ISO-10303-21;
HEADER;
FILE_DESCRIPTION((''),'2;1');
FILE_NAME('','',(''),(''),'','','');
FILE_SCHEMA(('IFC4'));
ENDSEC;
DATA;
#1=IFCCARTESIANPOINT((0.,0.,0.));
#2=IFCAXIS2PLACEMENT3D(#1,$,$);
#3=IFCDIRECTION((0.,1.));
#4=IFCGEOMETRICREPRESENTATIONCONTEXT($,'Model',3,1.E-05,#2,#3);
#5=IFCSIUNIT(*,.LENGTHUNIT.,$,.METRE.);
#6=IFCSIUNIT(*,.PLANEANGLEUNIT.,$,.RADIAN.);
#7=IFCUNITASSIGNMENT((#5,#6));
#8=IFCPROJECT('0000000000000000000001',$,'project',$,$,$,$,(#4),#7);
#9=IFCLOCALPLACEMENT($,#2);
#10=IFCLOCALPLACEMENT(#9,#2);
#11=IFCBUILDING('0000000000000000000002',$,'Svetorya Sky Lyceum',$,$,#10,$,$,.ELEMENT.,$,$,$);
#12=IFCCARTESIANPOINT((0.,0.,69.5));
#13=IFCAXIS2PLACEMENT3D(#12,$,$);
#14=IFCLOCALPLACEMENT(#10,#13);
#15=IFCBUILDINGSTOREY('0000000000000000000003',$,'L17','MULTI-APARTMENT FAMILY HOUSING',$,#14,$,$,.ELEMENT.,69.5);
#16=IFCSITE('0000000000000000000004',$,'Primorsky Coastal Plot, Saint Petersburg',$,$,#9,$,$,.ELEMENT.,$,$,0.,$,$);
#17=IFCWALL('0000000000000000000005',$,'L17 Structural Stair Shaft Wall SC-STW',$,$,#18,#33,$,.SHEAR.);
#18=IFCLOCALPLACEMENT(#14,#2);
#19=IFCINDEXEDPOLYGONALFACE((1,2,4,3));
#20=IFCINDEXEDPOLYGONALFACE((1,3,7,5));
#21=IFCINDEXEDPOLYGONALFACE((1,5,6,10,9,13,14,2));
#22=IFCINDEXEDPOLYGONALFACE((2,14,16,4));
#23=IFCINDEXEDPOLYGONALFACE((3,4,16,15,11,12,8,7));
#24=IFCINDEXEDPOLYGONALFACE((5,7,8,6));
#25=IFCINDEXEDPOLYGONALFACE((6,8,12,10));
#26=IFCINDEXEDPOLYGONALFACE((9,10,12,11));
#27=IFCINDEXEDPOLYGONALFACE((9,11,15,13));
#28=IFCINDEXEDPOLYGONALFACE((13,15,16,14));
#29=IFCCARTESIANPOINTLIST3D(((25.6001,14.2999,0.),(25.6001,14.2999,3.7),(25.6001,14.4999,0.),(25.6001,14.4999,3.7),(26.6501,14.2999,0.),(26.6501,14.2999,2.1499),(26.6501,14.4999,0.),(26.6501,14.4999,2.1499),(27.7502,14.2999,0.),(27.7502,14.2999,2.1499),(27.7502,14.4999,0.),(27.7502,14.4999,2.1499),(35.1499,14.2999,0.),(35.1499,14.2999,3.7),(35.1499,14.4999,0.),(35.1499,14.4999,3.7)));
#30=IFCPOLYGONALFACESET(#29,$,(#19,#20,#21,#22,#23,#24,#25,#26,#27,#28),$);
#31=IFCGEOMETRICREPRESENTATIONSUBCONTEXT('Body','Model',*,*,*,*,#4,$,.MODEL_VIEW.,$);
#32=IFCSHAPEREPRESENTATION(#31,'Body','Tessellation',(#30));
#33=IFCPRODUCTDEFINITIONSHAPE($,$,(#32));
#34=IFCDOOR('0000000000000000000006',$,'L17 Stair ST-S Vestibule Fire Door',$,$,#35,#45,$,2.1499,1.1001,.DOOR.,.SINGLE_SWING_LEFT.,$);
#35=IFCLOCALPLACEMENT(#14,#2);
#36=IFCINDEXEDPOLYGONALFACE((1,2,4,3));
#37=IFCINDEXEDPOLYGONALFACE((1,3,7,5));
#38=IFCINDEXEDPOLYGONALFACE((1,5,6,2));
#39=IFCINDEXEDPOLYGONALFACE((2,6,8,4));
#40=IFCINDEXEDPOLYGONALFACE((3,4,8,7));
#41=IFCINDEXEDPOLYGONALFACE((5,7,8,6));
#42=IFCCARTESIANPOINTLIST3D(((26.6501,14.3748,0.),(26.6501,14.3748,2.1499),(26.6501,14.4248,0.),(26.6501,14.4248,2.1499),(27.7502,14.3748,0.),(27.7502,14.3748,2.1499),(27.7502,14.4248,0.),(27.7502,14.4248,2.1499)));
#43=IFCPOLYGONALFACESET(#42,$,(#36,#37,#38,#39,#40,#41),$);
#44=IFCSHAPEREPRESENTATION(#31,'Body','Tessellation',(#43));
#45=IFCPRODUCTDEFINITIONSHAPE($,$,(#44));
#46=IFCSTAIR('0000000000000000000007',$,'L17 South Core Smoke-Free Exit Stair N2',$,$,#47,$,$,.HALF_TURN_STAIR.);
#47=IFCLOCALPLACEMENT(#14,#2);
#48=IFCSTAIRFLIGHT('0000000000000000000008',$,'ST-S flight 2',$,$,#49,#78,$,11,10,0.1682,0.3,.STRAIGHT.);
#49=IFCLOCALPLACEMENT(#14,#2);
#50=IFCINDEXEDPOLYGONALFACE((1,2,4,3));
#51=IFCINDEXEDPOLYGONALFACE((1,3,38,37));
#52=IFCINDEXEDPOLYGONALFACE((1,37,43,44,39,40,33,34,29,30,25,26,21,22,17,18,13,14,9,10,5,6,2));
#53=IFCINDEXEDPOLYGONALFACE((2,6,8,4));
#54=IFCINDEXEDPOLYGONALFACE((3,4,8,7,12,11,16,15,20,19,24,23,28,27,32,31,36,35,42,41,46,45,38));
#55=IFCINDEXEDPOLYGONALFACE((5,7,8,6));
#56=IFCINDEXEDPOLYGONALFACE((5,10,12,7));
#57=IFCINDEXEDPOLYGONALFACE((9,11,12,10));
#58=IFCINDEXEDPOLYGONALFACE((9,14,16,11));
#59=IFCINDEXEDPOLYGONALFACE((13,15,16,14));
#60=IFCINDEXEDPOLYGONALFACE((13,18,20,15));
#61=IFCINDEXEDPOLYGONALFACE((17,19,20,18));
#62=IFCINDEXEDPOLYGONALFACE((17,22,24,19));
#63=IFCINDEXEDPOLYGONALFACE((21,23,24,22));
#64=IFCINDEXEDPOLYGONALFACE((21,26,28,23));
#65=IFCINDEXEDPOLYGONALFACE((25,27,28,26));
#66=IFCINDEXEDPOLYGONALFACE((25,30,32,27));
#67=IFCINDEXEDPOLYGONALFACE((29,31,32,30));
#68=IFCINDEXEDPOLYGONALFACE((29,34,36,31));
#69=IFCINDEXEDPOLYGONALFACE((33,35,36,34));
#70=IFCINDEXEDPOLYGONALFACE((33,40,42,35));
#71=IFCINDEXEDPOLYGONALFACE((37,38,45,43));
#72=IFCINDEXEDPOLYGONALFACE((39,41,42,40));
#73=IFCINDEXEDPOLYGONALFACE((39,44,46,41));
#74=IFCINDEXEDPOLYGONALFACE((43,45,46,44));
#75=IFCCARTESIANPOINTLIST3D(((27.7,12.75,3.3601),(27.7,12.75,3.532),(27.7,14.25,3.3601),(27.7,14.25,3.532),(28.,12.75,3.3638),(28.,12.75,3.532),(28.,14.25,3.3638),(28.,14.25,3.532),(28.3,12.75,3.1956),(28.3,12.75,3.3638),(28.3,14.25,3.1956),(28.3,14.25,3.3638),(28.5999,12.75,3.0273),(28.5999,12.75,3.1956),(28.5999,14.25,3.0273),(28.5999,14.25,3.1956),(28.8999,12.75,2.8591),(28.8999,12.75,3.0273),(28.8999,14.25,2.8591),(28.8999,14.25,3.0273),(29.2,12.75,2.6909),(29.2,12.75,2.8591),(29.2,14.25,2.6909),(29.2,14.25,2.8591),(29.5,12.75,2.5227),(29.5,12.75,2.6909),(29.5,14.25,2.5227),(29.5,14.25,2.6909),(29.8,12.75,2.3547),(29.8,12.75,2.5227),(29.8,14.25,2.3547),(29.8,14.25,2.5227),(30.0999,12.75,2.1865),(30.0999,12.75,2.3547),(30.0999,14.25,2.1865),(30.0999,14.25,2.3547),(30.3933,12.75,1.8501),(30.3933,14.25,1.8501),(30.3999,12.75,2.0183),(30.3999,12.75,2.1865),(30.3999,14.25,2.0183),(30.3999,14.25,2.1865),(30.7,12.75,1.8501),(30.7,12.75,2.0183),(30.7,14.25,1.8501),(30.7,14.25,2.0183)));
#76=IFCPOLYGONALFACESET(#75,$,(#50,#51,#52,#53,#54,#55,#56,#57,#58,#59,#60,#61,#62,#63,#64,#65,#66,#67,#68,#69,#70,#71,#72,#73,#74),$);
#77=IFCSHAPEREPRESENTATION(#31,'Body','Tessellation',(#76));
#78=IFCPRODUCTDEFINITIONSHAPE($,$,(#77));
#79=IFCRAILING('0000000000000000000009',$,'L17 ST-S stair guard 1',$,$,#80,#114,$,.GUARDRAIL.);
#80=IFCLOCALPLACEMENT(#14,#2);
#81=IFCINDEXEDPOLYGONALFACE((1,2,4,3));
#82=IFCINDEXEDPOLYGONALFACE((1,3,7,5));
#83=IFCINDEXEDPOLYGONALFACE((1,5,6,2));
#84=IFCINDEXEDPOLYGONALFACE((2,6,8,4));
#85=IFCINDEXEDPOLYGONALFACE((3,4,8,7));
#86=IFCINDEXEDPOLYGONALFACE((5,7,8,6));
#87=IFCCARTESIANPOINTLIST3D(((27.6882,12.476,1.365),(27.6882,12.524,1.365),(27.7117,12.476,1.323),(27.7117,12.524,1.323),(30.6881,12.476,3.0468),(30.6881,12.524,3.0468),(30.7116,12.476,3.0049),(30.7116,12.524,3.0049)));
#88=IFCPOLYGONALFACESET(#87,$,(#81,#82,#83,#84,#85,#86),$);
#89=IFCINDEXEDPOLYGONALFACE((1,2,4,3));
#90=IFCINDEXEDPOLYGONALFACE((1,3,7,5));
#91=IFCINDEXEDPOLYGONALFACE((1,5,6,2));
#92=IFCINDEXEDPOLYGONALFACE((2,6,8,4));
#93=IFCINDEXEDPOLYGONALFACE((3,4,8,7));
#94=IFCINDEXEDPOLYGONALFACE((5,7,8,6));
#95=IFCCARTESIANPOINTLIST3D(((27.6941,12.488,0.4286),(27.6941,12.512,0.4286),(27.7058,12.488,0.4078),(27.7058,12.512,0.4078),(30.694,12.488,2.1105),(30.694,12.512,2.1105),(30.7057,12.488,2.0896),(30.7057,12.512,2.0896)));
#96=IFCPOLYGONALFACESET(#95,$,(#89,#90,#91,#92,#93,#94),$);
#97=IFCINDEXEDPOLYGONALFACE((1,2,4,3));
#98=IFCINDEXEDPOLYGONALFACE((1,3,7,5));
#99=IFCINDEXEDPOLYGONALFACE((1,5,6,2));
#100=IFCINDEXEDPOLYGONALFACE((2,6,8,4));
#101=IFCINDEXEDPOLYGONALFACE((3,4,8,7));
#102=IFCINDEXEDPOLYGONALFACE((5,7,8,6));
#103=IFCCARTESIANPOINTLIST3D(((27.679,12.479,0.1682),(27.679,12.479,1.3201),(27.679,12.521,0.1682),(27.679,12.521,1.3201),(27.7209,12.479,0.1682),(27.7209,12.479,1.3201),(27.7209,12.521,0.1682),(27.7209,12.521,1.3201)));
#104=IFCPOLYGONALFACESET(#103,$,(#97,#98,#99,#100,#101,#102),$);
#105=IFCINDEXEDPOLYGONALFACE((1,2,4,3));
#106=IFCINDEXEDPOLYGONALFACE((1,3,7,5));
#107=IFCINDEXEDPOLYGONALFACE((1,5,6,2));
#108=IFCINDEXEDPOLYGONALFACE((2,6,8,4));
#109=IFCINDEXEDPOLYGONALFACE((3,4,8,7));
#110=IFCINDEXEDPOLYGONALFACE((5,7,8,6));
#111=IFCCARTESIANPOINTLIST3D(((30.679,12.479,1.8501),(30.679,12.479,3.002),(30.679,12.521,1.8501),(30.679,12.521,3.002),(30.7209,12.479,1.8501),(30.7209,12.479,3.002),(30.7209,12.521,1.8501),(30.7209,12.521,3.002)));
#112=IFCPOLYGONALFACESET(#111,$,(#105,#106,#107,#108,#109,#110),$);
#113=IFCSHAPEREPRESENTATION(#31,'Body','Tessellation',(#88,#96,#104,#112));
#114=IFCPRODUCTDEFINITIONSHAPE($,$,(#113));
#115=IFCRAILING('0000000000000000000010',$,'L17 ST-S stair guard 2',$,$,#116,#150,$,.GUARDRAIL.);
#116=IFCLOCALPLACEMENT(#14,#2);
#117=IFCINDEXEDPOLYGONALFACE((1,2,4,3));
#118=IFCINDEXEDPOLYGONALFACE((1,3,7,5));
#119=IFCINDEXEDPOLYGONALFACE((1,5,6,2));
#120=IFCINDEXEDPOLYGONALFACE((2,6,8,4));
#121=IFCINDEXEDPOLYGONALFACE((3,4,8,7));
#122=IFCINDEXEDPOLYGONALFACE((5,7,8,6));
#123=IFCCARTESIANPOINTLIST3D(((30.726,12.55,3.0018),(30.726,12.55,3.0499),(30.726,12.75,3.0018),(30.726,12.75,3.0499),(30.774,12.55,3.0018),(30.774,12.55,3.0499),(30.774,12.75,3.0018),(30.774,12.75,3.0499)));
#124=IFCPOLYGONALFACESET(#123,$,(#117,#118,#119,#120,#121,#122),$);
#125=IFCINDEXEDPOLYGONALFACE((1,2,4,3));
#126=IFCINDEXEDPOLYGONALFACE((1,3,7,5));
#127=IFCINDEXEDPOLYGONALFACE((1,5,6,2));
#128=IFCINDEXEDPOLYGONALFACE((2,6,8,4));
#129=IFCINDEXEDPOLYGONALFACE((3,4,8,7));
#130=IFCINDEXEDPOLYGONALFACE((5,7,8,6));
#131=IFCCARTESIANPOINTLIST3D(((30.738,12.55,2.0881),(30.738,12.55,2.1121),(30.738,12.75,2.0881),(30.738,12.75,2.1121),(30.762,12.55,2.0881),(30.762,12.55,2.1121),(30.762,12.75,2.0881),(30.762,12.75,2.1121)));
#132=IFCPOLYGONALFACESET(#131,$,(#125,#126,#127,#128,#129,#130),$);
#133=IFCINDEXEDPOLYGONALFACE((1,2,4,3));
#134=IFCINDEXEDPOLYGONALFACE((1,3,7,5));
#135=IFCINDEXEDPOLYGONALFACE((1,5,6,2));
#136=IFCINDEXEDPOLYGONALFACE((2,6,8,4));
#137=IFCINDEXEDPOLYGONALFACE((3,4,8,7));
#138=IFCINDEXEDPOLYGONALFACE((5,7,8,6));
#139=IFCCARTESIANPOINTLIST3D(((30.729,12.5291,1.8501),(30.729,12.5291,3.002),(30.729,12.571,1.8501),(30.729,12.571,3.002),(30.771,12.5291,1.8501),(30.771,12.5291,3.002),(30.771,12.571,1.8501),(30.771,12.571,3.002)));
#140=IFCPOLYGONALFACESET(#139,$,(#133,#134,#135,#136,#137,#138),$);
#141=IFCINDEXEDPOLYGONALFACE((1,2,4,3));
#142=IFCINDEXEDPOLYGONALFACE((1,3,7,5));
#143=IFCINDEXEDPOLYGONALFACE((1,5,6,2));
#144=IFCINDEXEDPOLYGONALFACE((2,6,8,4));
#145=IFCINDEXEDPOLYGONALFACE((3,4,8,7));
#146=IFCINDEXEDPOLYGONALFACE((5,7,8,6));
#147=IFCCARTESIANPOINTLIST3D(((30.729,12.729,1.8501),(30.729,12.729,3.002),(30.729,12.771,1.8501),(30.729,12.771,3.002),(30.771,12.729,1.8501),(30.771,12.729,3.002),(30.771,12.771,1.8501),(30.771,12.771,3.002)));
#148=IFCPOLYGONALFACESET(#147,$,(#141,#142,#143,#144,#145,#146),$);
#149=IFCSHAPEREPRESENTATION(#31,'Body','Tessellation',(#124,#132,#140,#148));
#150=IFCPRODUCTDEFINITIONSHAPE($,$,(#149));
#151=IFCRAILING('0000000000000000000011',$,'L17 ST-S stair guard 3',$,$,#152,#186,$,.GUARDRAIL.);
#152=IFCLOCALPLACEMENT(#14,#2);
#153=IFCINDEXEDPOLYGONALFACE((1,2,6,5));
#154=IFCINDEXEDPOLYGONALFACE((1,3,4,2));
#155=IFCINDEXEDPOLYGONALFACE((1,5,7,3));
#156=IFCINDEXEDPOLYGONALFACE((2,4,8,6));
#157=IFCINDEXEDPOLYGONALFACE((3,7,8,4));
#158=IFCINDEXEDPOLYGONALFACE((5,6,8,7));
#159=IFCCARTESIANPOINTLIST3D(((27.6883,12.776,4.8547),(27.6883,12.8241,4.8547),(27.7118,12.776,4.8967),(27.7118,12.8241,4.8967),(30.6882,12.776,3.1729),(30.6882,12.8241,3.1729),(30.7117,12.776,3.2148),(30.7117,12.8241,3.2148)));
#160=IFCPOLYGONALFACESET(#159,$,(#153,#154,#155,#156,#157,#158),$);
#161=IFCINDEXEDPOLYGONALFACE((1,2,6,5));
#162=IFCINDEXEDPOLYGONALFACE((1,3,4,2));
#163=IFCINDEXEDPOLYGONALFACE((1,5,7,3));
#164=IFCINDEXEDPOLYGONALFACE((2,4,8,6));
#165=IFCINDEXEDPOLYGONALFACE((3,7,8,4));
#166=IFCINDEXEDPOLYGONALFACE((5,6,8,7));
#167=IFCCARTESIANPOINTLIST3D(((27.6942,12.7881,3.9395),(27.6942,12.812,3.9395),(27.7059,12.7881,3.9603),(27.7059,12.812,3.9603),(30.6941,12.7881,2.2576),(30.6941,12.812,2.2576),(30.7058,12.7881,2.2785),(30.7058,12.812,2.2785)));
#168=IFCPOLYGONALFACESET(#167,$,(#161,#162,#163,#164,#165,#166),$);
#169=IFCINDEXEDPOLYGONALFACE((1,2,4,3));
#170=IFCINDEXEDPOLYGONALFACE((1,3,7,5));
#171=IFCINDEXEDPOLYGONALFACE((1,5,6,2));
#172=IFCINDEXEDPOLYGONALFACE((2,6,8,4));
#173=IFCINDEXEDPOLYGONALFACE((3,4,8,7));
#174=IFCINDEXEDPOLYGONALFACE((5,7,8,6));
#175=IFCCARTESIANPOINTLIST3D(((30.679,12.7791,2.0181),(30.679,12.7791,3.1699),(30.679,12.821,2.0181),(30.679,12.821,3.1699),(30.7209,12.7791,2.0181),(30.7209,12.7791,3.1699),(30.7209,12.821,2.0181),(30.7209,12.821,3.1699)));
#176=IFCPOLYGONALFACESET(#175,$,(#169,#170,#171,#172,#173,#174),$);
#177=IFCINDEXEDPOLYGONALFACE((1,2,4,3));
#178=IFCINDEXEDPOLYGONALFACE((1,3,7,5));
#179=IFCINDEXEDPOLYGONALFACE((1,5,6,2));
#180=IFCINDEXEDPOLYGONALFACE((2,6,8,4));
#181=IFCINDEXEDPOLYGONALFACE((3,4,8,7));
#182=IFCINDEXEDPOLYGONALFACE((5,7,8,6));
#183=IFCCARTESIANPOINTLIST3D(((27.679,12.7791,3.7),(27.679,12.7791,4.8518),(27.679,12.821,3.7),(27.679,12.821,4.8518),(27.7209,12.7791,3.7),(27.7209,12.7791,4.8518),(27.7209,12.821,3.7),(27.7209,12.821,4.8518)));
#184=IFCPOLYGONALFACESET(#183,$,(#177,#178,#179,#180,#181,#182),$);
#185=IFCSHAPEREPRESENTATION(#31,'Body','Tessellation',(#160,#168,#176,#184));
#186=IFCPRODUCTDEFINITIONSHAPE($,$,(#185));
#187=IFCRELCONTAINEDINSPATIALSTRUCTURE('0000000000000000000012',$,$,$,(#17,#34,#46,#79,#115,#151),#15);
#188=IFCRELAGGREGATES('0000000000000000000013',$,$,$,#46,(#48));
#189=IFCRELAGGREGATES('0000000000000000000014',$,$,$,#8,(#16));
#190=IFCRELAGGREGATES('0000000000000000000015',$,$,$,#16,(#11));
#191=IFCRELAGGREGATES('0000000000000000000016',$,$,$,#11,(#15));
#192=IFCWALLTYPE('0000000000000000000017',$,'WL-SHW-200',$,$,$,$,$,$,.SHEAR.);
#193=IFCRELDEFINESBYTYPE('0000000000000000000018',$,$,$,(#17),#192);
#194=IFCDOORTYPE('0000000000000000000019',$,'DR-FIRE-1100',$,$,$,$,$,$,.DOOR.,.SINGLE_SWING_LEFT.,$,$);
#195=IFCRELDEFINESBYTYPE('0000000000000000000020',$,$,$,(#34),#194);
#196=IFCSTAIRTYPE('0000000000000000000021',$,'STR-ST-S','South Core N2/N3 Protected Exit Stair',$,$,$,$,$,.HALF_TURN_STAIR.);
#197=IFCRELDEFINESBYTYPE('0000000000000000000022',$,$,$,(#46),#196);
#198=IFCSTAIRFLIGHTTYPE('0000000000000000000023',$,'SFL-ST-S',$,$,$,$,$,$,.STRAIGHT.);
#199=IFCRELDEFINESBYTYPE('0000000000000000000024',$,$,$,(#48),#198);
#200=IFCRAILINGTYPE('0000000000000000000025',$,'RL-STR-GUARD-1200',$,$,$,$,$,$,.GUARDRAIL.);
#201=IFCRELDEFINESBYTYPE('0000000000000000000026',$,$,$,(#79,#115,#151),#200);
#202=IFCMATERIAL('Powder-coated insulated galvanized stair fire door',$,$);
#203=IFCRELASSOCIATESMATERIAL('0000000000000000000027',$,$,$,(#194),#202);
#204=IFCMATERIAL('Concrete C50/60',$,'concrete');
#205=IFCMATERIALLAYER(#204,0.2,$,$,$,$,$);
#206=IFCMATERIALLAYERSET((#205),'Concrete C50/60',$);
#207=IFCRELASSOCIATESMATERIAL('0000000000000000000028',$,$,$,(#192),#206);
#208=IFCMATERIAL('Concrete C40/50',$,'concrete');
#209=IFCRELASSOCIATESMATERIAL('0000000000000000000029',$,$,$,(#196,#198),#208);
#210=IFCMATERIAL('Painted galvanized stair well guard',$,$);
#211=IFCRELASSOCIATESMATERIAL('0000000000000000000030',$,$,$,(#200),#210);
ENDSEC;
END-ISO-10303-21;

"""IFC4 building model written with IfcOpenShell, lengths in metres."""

from ifc_helpers import new_model, si_unit, direction, frame, frame_2d, origin, origin_2d, place, context, subcontext, project, spatial, polyline, rectangle, outline, extrude, material, layer, layer_set, type_object, element, fill, aggregate, save


model = new_model("IFC4")

# Units and contexts
model_context = context("Model", 3, precision=1e-05, world=origin(), true_north=direction((0.0, 1.0)))
body_context = subcontext(model_context, "Body", "Model", "MODEL_VIEW")
ifc_project = project(units=[si_unit("LENGTHUNIT", "METRE"), si_unit("PLANEANGLEUNIT", "RADIAN")], contexts=[model_context])

# Site, building, storey
site_placement = place(None, origin())
site = spatial("IfcSite", under=ifc_project, at=site_placement, Name="Primorsky Coastal Plot, Saint Petersburg", CompositionType="ELEMENT", RefElevation=0.0)
building_placement = place(site_placement, origin())
building = spatial("IfcBuilding", under=site, at=building_placement, Name="Svetorya Sky Lyceum", CompositionType="ELEMENT")
storey_placement = place(building_placement, frame((0.0, 0.0, 69.5)))
storey = spatial("IfcBuildingStorey", under=building, at=storey_placement, Name="L17", Description="MULTI-APARTMENT FAMILY HOUSING", CompositionType="ELEMENT", Elevation=69.5)

# Shared definitions
ifc_material_1 = material(Name="Concrete C50/60", Category="concrete")

# Shared definitions
ifc_material_2 = material(Name="Powder-coated insulated galvanized stair fire door")
door_type_1 = type_object("IfcDoorType", Name="DR-FIRE-1100", OperationType="SINGLE_SWING_LEFT", PredefinedType="DOOR", material=ifc_material_2)

# Wall, opening, door
ifc_layer_1 = layer(ifc_material_1, 0.2)
ifc_layer_set_1 = layer_set([ifc_layer_1], Name="Concrete C50/60")
wall_type_1 = type_object("IfcWallType", Name="WL-SHW-200", PredefinedType="SHEAR", material=ifc_layer_set_1)
wall_1_placement = place(storey_placement, frame((25.6001, 14.3999, 0.0), z_axis=(0.0, 0.0, 1.0), x_axis=(1.0, 0.0, 0.0)))
wall_1 = element("IfcWall", 1, at=wall_1_placement, inside=storey, type_object=wall_type_1, Name="L17 Structural Stair Shaft Wall SC-STW", PredefinedType="SHEAR", context=body_context, shape_type="SweptSolid", body=[
    extrude(rectangle(XDim=9.5498, YDim=0.2, at=frame_2d((4.7749, 0.0))), origin(), (0.0, 0.0, 1.0), 3.7),
])
opening_1_placement = place(wall_1_placement, frame((1.05, 0.0, 0.0)))
opening_1 = element("IfcOpeningElement", 2, at=opening_1_placement, cuts=wall_1, PredefinedType="OPENING", context=body_context, shape_type="SweptSolid", body=[
    extrude(rectangle(XDim=1.1001, YDim=2.1499, at=frame_2d((0.55, 1.075))), frame((0.0, 0.1099, 0.0), z_axis=(0.0, -1.0, 0.0), x_axis=(1.0, 0.0, 0.0)), (0.0, 0.0, 1.0), 0.22),
])
door_1_placement = place(opening_1_placement, origin())
door_1 = element("IfcDoor", 3, at=door_1_placement, inside=storey, type_object=door_type_1, Name="L17 Stair ST-S Vestibule Fire Door", OperationType="SINGLE_SWING_LEFT", OverallHeight=2.1499, OverallWidth=1.1001, PredefinedType="DOOR", context=body_context, shape_type="SweptSolid", body=[
    extrude(rectangle(XDim=1.1001, YDim=2.1499, at=frame_2d((0.55, 1.075))), frame((0.0, 0.0249, 0.0), z_axis=(0.0, -1.0, 0.0), x_axis=(1.0, 0.0, 0.0)), (0.0, 0.0, 1.0), 0.05),
])
fill(opening_1, door_1)

# Stair, stair flight
ifc_material_3 = material(Name="Concrete C40/50", Category="concrete")
stair_type = type_object("IfcStairType", Name="STR-ST-S", Description="South Core N2/N3 Protected Exit Stair", PredefinedType="HALF_TURN_STAIR", material=ifc_material_3)
stair_placement = place(storey_placement, origin())
stair = element("IfcStair", 4, at=stair_placement, inside=storey, type_object=stair_type, Name="L17 South Core Smoke-Free Exit Stair N2", PredefinedType="HALF_TURN_STAIR")
stair_flight_type = type_object("IfcStairFlightType", Name="SFL-ST-S", PredefinedType="STRAIGHT", material=ifc_material_3)
stair_flight_placement = place(storey_placement, frame((30.7, 13.5, 1.8501), z_axis=(0.0, 0.0, 1.0), x_axis=(-1.0, 0.0, 0.0)))
stair_flight = element("IfcStairFlight", 5, at=stair_flight_placement, type_object=stair_flight_type, Name="ST-S flight 2", NumberOfRisers=11, NumberOfTreads=10, PredefinedType="STRAIGHT", RiserHeight=0.1682, TreadLength=0.3, context=body_context, shape_type="SweptSolid", body=[
    extrude(outline(polyline([(0.0, 0.0), (0.0, 0.1682), (0.3, 0.1682), (0.3, 0.3364), (0.6001, 0.3364), (0.6001, 0.5046), (0.8999, 0.5046), (0.8999, 0.6726), (1.2, 0.6726), (1.2, 0.8408), (1.5, 0.8408), (1.5, 1.009), (1.8, 1.009), (1.8, 1.1772), (2.1001, 1.1772), (2.1001, 1.3455), (2.3999, 1.3455), (2.3999, 1.5137), (2.7, 1.5137), (2.7, 1.6819), (3.0, 1.6819), (3.0, 1.8501), (3.0, 1.51), (0.3066, 0.0), (0.0, 0.0)])), frame((0.0, 0.75, 0.0), z_axis=(0.0, -1.0, 0.0), x_axis=(1.0, 0.0, 0.0)), (0.0, 0.0, 1.0), 1.5),
])
aggregate(stair, [stair_flight])

# Railings
ifc_material_4 = material(Name="Painted galvanized stair well guard")
railing_type_1 = type_object("IfcRailingType", Name="RL-STR-GUARD-1200", PredefinedType="GUARDRAIL", material=ifc_material_4)
railing_1_placement = place(storey_placement, frame((27.7, 12.5, 0.1682)))
element("IfcRailing", 6, at=railing_1_placement, inside=storey, type_object=railing_type_1, Name="L17 ST-S stair guard 1", PredefinedType="GUARDRAIL", context=body_context, shape_type="SweptSolid", body=[
    extrude(rectangle(XDim=0.0481, YDim=0.0481, at=origin_2d()), frame((0.0, 0.0, 1.1758), z_axis=(0.872272, 0.0, 0.48902), x_axis=(0.0, 1.0, 0.0)), (0.0, 0.0, 1.0), 3.4392),
    extrude(rectangle(XDim=0.0239, YDim=0.0239, at=origin_2d()), frame((0.0, 0.0, 0.25), z_axis=(0.872272, 0.0, 0.48902), x_axis=(0.0, 1.0, 0.0)), (0.0, 0.0, 1.0), 3.4392),
    extrude(rectangle(XDim=0.042, YDim=0.042, at=origin_2d()), origin(), (0.0, 0.0, 1.0), 1.1519),
    extrude(rectangle(XDim=0.042, YDim=0.042, at=origin_2d()), frame((3.0, 0.0, 1.6819)), (0.0, 0.0, 1.0), 1.1519),
])
railing_2_placement = place(storey_placement, frame((30.75, 12.55, 1.8501)))
element("IfcRailing", 7, at=railing_2_placement, inside=storey, type_object=railing_type_1, Name="L17 ST-S stair guard 2", PredefinedType="GUARDRAIL", context=body_context, shape_type="SweptSolid", body=[
    extrude(rectangle(XDim=0.0481, YDim=0.0481, at=origin_2d()), frame((0.0, 0.0, 1.1758), z_axis=(0.0, 1.0, 0.0), x_axis=(-1.0, 0.0, 0.0)), (0.0, 0.0, 1.0), 0.2),
    extrude(rectangle(XDim=0.0239, YDim=0.0239, at=origin_2d()), frame((0.0, 0.0, 0.25), z_axis=(0.0, 1.0, 0.0), x_axis=(-1.0, 0.0, 0.0)), (0.0, 0.0, 1.0), 0.2),
    extrude(rectangle(XDim=0.042, YDim=0.042, at=origin_2d()), origin(), (0.0, 0.0, 1.0), 1.1519),
    extrude(rectangle(XDim=0.042, YDim=0.042, at=origin_2d()), frame((0.0, 0.2, 0.0)), (0.0, 0.0, 1.0), 1.1519),
])
railing_3_placement = place(storey_placement, frame((30.7, 12.8, 2.0181)))
element("IfcRailing", 8, at=railing_3_placement, inside=storey, type_object=railing_type_1, Name="L17 ST-S stair guard 3", PredefinedType="GUARDRAIL", context=body_context, shape_type="SweptSolid", body=[
    extrude(rectangle(XDim=0.0481, YDim=0.0481, at=origin_2d()), frame((0.0, 0.0, 1.1758), z_axis=(-0.872272, 0.0, 0.48902), x_axis=(0.0, -1.0, 0.0)), (0.0, 0.0, 1.0), 3.4392),
    extrude(rectangle(XDim=0.0239, YDim=0.0239, at=origin_2d()), frame((0.0, 0.0, 0.25), z_axis=(-0.872272, 0.0, 0.48902), x_axis=(0.0, -1.0, 0.0)), (0.0, 0.0, 1.0), 3.4392),
    extrude(rectangle(XDim=0.042, YDim=0.042, at=origin_2d()), origin(), (0.0, 0.0, 1.0), 1.1519),
    extrude(rectangle(XDim=0.042, YDim=0.042, at=origin_2d()), frame((-3.0, 0.0, 1.6819)), (0.0, 0.0, 1.0), 1.1519),
])

save(model, "model.ifc")
